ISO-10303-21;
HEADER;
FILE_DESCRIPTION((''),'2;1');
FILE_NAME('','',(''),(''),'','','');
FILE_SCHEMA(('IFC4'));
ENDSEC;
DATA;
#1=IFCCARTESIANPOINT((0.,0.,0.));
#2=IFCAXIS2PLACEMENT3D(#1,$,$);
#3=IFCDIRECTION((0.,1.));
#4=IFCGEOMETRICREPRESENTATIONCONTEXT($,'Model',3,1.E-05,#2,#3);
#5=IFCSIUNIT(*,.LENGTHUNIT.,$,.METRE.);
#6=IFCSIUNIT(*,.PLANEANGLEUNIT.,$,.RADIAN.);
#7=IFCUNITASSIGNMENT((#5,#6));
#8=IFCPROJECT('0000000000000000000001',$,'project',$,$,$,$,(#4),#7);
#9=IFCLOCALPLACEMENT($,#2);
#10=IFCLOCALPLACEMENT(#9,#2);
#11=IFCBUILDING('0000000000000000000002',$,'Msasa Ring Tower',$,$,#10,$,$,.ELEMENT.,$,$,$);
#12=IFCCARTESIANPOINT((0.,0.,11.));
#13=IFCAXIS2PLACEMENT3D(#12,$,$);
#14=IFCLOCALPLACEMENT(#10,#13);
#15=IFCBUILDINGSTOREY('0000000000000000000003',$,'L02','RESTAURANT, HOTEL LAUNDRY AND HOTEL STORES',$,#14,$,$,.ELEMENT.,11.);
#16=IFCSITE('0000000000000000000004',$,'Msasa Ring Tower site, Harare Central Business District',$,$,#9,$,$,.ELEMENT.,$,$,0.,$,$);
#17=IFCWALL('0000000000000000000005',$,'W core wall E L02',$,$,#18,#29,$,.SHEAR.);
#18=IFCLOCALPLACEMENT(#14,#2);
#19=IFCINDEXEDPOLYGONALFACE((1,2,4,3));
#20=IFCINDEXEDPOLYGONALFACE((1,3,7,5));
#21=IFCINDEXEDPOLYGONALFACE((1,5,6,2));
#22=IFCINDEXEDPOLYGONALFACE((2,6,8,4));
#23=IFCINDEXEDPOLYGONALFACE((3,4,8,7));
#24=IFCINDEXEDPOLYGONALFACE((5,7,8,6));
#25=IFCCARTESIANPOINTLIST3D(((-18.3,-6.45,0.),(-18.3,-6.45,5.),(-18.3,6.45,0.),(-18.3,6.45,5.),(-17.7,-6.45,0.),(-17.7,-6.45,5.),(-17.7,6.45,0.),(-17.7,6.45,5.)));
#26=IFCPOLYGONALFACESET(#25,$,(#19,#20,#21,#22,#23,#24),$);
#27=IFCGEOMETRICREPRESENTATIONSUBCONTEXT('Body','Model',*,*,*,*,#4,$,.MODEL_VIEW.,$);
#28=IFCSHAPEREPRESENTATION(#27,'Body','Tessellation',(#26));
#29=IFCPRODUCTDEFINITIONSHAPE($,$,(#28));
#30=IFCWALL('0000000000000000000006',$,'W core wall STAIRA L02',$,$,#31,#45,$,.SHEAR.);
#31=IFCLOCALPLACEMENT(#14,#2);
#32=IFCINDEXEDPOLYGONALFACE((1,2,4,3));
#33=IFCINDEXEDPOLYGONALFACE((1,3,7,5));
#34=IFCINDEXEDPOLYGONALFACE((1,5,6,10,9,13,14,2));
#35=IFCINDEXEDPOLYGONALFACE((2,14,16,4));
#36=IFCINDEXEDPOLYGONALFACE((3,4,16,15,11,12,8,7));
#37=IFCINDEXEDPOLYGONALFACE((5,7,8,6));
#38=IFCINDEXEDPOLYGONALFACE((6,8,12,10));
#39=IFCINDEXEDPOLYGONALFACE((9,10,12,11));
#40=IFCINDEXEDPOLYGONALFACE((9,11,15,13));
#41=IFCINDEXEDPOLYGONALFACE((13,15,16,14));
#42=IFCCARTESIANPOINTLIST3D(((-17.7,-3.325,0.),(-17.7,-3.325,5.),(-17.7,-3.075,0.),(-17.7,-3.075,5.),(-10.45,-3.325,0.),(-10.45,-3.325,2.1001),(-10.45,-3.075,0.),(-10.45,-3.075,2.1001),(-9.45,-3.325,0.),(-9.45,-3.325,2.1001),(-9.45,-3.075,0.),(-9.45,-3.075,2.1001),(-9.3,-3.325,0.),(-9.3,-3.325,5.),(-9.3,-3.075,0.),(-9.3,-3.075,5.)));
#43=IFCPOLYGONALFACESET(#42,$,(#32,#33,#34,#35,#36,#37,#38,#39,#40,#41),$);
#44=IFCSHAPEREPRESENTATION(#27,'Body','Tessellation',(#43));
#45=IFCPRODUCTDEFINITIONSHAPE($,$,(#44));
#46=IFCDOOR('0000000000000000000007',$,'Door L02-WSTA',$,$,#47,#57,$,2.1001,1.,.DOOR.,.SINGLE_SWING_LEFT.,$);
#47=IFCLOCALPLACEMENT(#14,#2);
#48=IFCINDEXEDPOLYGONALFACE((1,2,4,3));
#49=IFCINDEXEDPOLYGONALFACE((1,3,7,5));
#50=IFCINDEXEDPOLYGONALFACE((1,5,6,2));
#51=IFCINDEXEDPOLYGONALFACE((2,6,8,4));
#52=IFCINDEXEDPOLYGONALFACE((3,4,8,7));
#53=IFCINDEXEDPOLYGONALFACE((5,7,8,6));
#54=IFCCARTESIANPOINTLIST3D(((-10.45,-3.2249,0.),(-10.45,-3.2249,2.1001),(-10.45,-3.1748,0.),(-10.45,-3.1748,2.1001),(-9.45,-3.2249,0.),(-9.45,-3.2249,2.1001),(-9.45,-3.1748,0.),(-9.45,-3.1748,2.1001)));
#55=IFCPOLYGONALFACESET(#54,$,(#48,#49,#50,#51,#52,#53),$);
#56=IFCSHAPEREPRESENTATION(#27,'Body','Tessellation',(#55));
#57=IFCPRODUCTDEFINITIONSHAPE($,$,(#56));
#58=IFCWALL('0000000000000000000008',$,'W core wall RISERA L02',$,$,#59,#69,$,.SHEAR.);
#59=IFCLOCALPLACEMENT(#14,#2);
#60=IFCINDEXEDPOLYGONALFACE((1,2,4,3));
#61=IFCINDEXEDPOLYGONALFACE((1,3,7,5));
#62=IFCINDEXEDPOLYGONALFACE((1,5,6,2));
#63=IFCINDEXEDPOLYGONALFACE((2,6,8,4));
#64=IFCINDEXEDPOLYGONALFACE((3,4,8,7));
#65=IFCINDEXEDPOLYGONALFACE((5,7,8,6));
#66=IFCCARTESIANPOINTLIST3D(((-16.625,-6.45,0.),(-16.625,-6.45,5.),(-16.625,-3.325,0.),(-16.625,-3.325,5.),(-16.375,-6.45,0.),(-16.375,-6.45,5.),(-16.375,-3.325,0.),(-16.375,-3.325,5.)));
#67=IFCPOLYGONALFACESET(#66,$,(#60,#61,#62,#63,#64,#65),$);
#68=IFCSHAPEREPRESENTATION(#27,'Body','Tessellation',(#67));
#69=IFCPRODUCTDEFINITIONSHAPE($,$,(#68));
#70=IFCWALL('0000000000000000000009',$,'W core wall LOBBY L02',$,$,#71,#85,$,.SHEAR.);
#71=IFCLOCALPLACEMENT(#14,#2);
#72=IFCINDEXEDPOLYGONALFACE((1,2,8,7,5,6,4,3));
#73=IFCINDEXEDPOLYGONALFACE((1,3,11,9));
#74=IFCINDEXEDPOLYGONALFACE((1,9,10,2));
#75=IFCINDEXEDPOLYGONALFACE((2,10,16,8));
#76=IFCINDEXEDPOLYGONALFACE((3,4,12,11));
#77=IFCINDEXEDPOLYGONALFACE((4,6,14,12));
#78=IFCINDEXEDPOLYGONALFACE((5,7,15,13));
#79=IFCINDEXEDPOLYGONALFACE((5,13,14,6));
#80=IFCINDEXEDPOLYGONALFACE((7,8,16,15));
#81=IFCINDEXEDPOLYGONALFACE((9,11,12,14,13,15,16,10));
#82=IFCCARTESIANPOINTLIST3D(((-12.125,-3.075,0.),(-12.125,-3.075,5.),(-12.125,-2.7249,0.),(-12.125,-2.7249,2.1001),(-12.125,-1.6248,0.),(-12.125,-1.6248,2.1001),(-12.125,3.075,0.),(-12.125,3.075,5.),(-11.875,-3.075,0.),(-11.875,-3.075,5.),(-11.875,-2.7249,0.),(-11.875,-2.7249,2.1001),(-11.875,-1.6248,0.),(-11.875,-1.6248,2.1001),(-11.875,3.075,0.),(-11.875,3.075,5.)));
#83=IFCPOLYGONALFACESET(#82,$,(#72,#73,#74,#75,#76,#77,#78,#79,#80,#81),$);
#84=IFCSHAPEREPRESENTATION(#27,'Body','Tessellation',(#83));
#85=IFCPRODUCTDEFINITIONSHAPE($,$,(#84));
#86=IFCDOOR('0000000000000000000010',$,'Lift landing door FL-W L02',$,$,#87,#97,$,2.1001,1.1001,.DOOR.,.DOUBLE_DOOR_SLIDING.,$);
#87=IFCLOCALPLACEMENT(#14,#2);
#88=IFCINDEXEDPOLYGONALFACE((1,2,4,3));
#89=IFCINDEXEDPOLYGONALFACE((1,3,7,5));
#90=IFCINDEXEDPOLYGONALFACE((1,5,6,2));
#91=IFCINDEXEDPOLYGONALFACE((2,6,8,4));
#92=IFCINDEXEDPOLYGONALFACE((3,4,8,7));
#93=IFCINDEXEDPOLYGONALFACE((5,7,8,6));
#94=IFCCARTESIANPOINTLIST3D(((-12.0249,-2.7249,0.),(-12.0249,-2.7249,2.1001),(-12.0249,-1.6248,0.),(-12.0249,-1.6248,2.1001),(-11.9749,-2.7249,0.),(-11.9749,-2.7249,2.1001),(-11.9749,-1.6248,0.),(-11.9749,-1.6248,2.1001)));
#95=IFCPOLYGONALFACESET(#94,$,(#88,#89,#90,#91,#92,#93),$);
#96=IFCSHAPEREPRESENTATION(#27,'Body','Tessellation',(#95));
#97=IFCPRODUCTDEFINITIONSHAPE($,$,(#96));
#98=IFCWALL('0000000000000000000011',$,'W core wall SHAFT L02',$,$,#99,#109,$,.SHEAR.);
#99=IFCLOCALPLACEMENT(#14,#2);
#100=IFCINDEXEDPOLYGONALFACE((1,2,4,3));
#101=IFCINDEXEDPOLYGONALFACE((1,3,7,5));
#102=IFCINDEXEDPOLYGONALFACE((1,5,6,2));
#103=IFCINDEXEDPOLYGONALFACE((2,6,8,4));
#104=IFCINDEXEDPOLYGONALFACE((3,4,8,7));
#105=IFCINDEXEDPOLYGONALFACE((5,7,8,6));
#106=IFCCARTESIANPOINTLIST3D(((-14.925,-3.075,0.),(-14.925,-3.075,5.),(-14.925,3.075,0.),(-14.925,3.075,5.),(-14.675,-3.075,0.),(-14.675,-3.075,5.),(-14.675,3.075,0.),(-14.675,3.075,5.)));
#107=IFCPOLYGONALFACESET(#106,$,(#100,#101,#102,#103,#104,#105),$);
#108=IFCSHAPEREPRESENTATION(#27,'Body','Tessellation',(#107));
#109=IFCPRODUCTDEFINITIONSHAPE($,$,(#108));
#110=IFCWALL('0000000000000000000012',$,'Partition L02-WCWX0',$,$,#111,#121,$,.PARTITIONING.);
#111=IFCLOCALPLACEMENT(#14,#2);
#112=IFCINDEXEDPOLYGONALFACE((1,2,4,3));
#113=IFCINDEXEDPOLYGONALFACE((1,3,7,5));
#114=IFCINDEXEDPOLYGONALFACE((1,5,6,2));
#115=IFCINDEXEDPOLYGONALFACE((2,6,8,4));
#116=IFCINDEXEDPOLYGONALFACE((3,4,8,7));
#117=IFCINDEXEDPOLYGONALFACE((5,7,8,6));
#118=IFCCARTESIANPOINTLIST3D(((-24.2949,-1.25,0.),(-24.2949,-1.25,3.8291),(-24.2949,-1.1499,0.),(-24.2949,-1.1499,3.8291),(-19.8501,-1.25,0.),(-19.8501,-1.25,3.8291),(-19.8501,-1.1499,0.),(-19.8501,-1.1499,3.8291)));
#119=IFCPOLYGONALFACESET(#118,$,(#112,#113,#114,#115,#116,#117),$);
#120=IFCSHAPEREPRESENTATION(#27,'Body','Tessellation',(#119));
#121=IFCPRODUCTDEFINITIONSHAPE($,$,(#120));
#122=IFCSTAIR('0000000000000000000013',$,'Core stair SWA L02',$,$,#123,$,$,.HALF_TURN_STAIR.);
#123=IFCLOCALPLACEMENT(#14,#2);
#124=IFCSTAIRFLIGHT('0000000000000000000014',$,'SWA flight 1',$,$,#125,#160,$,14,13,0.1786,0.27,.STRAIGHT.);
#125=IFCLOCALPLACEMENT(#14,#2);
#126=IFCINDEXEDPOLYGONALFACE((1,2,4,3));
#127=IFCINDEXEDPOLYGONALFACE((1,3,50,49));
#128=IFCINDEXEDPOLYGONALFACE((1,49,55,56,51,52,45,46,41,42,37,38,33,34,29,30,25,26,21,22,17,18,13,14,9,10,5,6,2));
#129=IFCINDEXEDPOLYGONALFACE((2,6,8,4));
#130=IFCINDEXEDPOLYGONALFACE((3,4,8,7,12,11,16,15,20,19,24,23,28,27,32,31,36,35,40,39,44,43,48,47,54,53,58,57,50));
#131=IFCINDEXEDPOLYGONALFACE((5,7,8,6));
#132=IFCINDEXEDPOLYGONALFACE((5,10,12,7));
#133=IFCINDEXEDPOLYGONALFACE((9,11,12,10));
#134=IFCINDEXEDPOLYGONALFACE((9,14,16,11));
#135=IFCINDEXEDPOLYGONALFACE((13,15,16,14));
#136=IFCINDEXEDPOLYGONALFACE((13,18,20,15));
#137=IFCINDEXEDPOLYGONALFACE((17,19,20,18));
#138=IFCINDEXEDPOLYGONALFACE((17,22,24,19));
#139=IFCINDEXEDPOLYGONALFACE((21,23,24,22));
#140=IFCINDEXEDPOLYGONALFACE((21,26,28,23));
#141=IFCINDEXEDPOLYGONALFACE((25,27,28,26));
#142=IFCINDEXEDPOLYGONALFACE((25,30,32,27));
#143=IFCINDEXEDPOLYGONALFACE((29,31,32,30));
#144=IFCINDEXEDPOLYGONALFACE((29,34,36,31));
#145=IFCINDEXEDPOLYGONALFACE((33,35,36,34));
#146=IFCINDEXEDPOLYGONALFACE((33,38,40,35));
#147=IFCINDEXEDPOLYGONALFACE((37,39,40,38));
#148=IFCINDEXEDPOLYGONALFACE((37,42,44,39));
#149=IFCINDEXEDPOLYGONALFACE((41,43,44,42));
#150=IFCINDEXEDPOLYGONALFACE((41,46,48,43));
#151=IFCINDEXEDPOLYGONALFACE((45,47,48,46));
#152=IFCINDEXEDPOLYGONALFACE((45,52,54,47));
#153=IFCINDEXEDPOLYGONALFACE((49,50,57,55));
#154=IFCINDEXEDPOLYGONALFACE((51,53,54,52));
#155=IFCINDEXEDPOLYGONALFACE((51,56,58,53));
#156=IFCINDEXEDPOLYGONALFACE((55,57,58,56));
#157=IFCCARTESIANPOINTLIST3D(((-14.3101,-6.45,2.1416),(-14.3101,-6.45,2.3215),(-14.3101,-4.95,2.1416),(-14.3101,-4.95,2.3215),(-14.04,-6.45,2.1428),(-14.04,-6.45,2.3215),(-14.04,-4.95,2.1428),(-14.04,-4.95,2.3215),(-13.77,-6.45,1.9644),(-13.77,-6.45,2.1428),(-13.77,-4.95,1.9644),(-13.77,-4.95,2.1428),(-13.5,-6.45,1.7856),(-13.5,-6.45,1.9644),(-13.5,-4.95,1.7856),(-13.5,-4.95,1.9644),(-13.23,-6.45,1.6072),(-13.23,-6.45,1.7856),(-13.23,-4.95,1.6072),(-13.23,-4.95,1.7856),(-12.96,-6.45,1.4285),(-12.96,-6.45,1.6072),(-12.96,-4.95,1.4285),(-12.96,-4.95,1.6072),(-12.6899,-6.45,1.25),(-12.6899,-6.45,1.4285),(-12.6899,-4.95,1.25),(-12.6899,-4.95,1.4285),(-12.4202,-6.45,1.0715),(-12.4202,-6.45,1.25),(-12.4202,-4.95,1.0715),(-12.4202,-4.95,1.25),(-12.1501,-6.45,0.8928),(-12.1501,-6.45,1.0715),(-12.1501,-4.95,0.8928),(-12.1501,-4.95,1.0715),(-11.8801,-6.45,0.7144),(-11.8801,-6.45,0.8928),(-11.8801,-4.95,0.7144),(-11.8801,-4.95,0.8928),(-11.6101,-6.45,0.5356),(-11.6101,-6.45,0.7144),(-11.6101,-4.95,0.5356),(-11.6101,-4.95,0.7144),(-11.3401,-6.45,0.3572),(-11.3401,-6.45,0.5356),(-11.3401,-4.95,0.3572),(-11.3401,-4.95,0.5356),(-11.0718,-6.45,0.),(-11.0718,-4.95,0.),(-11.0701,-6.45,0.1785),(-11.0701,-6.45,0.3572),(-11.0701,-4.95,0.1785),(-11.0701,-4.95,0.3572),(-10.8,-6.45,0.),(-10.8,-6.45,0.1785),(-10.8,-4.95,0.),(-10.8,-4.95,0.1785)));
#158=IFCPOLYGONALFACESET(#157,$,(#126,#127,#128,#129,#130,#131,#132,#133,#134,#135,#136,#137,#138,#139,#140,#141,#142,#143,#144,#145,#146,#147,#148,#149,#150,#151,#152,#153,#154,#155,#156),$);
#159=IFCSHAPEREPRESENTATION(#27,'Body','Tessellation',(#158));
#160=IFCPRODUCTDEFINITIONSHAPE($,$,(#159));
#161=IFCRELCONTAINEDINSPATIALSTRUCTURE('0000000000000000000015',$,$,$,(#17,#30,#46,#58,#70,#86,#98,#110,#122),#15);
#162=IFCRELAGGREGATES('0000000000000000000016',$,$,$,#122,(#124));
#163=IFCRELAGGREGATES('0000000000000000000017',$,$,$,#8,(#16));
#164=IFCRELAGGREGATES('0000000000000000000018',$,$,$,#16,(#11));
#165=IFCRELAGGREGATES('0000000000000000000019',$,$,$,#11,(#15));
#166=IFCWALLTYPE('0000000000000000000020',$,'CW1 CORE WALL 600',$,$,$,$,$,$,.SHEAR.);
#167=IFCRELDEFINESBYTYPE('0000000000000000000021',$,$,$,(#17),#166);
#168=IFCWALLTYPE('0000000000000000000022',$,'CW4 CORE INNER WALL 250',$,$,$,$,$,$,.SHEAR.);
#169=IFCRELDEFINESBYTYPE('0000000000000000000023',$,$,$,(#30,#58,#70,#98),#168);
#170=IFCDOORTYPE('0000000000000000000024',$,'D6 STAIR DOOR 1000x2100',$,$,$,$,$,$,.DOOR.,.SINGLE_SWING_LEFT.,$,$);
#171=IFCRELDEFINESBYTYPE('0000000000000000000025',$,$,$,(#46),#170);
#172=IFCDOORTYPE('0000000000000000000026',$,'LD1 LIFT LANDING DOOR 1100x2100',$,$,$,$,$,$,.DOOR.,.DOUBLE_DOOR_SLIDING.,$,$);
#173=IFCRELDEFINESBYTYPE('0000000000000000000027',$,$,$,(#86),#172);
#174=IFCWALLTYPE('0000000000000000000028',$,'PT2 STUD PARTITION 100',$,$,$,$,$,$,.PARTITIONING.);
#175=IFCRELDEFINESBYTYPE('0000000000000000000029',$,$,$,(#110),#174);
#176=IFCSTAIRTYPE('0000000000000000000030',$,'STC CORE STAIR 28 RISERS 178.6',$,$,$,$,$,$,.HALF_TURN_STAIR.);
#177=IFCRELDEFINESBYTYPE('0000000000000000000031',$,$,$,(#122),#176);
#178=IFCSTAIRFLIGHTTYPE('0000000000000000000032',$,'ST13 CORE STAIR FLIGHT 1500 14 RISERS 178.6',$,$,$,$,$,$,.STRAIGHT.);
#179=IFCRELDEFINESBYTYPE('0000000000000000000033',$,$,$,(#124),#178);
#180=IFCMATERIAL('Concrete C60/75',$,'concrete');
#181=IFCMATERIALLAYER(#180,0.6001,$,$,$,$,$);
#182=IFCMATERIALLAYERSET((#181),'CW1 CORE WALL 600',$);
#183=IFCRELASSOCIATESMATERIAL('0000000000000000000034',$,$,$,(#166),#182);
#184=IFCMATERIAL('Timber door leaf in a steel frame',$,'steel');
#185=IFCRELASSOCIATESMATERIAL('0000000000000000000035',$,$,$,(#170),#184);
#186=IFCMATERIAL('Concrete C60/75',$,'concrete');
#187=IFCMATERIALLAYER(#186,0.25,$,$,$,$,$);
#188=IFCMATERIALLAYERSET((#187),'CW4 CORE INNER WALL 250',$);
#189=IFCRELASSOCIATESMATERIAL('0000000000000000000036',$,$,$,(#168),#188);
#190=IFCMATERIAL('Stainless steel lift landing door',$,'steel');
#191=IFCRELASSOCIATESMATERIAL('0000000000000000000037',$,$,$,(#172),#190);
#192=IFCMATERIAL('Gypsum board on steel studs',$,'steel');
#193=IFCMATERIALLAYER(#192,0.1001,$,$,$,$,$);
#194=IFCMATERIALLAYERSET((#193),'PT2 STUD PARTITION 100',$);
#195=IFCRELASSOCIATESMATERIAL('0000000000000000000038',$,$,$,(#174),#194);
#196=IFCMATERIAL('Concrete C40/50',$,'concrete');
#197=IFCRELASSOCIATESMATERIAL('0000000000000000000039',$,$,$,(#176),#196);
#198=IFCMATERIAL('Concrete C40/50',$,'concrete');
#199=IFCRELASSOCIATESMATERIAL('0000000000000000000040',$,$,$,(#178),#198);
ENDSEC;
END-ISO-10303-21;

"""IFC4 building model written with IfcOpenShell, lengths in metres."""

from ifc_helpers import new_model, si_unit, direction, frame, frame_2d, origin, place, context, subcontext, project, spatial, polyline, rectangle, outline, extrude, material, layer, layer_set, type_object, element, fill, aggregate, save


model = new_model("IFC4")

# Units and contexts
model_context = context("Model", 3, precision=1e-05, world=origin(), true_north=direction((0.0, 1.0)))
body_context = subcontext(model_context, "Body", "Model", "MODEL_VIEW")
ifc_project = project(units=[si_unit("LENGTHUNIT", "METRE"), si_unit("PLANEANGLEUNIT", "RADIAN")], contexts=[model_context])

# Site, building, storey
site_placement = place(None, origin())
site = spatial("IfcSite", under=ifc_project, at=site_placement, Name="Msasa Ring Tower site, Harare Central Business District", CompositionType="ELEMENT", RefElevation=0.0)
building_placement = place(site_placement, origin())
building = spatial("IfcBuilding", under=site, at=building_placement, Name="Msasa Ring Tower", CompositionType="ELEMENT")
storey_placement = place(building_placement, frame((0.0, 0.0, 11.0)))
storey = spatial("IfcBuildingStorey", under=building, at=storey_placement, Name="L02", Description="RESTAURANT, HOTEL LAUNDRY AND HOTEL STORES", CompositionType="ELEMENT", Elevation=11.0)

# Shared definitions
ifc_material_1 = material(Name="Concrete C60/75", Category="concrete")
ifc_layer_1 = layer(ifc_material_1, 0.6001)
ifc_layer_set_1 = layer_set([ifc_layer_1], Name="CW1 CORE WALL 600")
wall_type_1 = type_object("IfcWallType", Name="CW1 CORE WALL 600", PredefinedType="SHEAR", material=ifc_layer_set_1)
ifc_material_2 = material(Name="Timber door leaf in a steel frame", Category="steel")
door_type_1 = type_object("IfcDoorType", Name="D6 STAIR DOOR 1000x2100", OperationType="SINGLE_SWING_LEFT", PredefinedType="DOOR", material=ifc_material_2)

# Wall
wall_1_placement = place(storey_placement, frame((-18.0, -6.45, 0.0), z_axis=(0.0, 0.0, 1.0), x_axis=(0.0, 1.0, 0.0)))
element("IfcWall", 1, at=wall_1_placement, inside=storey, type_object=wall_type_1, Name="W core wall E L02", PredefinedType="SHEAR", context=body_context, shape_type="SweptSolid", body=[
    extrude(rectangle(XDim=12.8999, YDim=0.6001, at=frame_2d((6.45, 0.0))), origin(), (0.0, 0.0, 1.0), 5.0),
])

# Wall, opening, door
ifc_material_3 = material(Name="Concrete C60/75", Category="concrete")
ifc_layer_2 = layer(ifc_material_3, 0.25)
ifc_layer_set_2 = layer_set([ifc_layer_2], Name="CW4 CORE INNER WALL 250")
wall_type_2 = type_object("IfcWallType", Name="CW4 CORE INNER WALL 250", PredefinedType="SHEAR", material=ifc_layer_set_2)
wall_2_placement = place(storey_placement, frame((-9.3, -3.2, 0.0), z_axis=(0.0, 0.0, 1.0), x_axis=(-1.0, 0.0, 0.0)))
wall_2 = element("IfcWall", 2, at=wall_2_placement, inside=storey, type_object=wall_type_2, Name="W core wall STAIRA L02", PredefinedType="SHEAR", context=body_context, shape_type="SweptSolid", body=[
    extrude(rectangle(XDim=8.3999, YDim=0.25, at=frame_2d((4.2, 0.0))), origin(), (0.0, 0.0, 1.0), 5.0),
])
opening_1_placement = place(wall_2_placement, frame((0.1499, 0.0, 0.0)))
opening_1 = element("IfcOpeningElement", 3, at=opening_1_placement, cuts=wall_2, PredefinedType="OPENING", context=body_context, shape_type="SweptSolid", body=[
    extrude(rectangle(XDim=1.0, YDim=2.1001, at=frame_2d((0.5, 1.05))), frame((0.0, 0.135, 0.0), z_axis=(0.0, -1.0, 0.0), x_axis=(1.0, 0.0, 0.0)), (0.0, 0.0, 1.0), 0.27),
])
door_1_placement = place(opening_1_placement, origin())
door_1 = element("IfcDoor", 4, at=door_1_placement, inside=storey, type_object=door_type_1, Name="Door L02-WSTA", OperationType="SINGLE_SWING_LEFT", OverallHeight=2.1001, OverallWidth=1.0, PredefinedType="DOOR", context=body_context, shape_type="SweptSolid", body=[
    extrude(rectangle(XDim=1.0, YDim=2.1001, at=frame_2d((0.5, 1.05))), frame((0.0, 0.0249, 0.0), z_axis=(0.0, -1.0, 0.0), x_axis=(1.0, 0.0, 0.0)), (0.0, 0.0, 1.0), 0.05),
])
fill(opening_1, door_1)

# Wall
wall_3_placement = place(storey_placement, frame((-16.5, -6.45, 0.0), z_axis=(0.0, 0.0, 1.0), x_axis=(0.0, 1.0, 0.0)))
element("IfcWall", 5, at=wall_3_placement, inside=storey, type_object=wall_type_2, Name="W core wall RISERA L02", PredefinedType="SHEAR", context=body_context, shape_type="SweptSolid", body=[
    extrude(rectangle(XDim=3.125, YDim=0.25, at=frame_2d((1.5625, 0.0))), origin(), (0.0, 0.0, 1.0), 5.0),
])

# Wall, opening, door
wall_4_placement = place(storey_placement, frame((-12.0, -3.075, 0.0), z_axis=(0.0, 0.0, 1.0), x_axis=(0.0, 1.0, 0.0)))
wall_4 = element("IfcWall", 6, at=wall_4_placement, inside=storey, type_object=wall_type_2, Name="W core wall LOBBY L02", PredefinedType="SHEAR", context=body_context, shape_type="SweptSolid", body=[
    extrude(rectangle(XDim=6.1499, YDim=0.25, at=frame_2d((3.075, 0.0))), origin(), (0.0, 0.0, 1.0), 5.0),
])
opening_2_placement = place(wall_4_placement, frame((0.3501, 0.0, 0.0)))
opening_2 = element("IfcOpeningElement", 7, at=opening_2_placement, cuts=wall_4, PredefinedType="OPENING", context=body_context, shape_type="SweptSolid", body=[
    extrude(rectangle(XDim=1.1001, YDim=2.1001, at=frame_2d((0.55, 1.05))), frame((0.0, 0.135, 0.0), z_axis=(0.0, -1.0, 0.0), x_axis=(1.0, 0.0, 0.0)), (0.0, 0.0, 1.0), 0.27),
])
ifc_material_4 = material(Name="Stainless steel lift landing door", Category="steel")
door_type_2 = type_object("IfcDoorType", Name="LD1 LIFT LANDING DOOR 1100x2100", OperationType="DOUBLE_DOOR_SLIDING", PredefinedType="DOOR", material=ifc_material_4)
door_2_placement = place(opening_2_placement, origin())
door_2 = element("IfcDoor", 8, at=door_2_placement, inside=storey, type_object=door_type_2, Name="Lift landing door FL-W L02", OperationType="DOUBLE_DOOR_SLIDING", OverallHeight=2.1001, OverallWidth=1.1001, PredefinedType="DOOR", context=body_context, shape_type="SweptSolid", body=[
    extrude(rectangle(XDim=1.1001, YDim=2.1001, at=frame_2d((0.55, 1.05))), frame((0.0, 0.0249, 0.0), z_axis=(0.0, -1.0, 0.0), x_axis=(1.0, 0.0, 0.0)), (0.0, 0.0, 1.0), 0.05),
])
fill(opening_2, door_2)

# Walls
wall_5_placement = place(storey_placement, frame((-14.8, -3.075, 0.0), z_axis=(0.0, 0.0, 1.0), x_axis=(0.0, 1.0, 0.0)))
element("IfcWall", 9, at=wall_5_placement, inside=storey, type_object=wall_type_2, Name="W core wall SHAFT L02", PredefinedType="SHEAR", context=body_context, shape_type="SweptSolid", body=[
    extrude(rectangle(XDim=6.1499, YDim=0.25, at=frame_2d((3.075, 0.0))), origin(), (0.0, 0.0, 1.0), 5.0),
])
ifc_material_5 = material(Name="Gypsum board on steel studs", Category="steel")
ifc_layer_3 = layer(ifc_material_5, 0.1001)
ifc_layer_set_3 = layer_set([ifc_layer_3], Name="PT2 STUD PARTITION 100")
wall_type_3 = type_object("IfcWallType", Name="PT2 STUD PARTITION 100", PredefinedType="PARTITIONING", material=ifc_layer_set_3)
wall_6_placement = place(storey_placement, frame((-24.2949, -1.2, 0.0), z_axis=(0.0, 0.0, 1.0), x_axis=(1.0, 0.0, 0.0)))
element("IfcWall", 10, at=wall_6_placement, inside=storey, type_object=wall_type_3, Name="Partition L02-WCWX0", PredefinedType="PARTITIONING", context=body_context, shape_type="SweptSolid", body=[
    extrude(rectangle(XDim=4.4448, YDim=0.1001, at=frame_2d((2.2224, 0.0))), origin(), (0.0, 0.0, 1.0), 3.8291),
])

# Stair, stair flight
ifc_material_6 = material(Name="Concrete C40/50", Category="concrete")
stair_type = type_object("IfcStairType", Name="STC CORE STAIR 28 RISERS 178.6", PredefinedType="HALF_TURN_STAIR", material=ifc_material_6)
stair_placement = place(storey_placement, origin())
stair = element("IfcStair", 11, at=stair_placement, inside=storey, type_object=stair_type, Name="Core stair SWA L02", PredefinedType="HALF_TURN_STAIR")
ifc_material_7 = material(Name="Concrete C40/50", Category="concrete")
stair_flight_type = type_object("IfcStairFlightType", Name="ST13 CORE STAIR FLIGHT 1500 14 RISERS 178.6", PredefinedType="STRAIGHT", material=ifc_material_7)
stair_flight_1_placement = place(storey_placement, frame((-10.8, -5.7, 0.0), z_axis=(0.0, 0.0, 1.0), x_axis=(-1.0, 0.0, 0.0)))
stair_flight_1 = element("IfcStairFlight", 12, at=stair_flight_1_placement, type_object=stair_flight_type, Name="SWA flight 1", NumberOfRisers=14, NumberOfTreads=13, PredefinedType="STRAIGHT", RiserHeight=0.1786, TreadLength=0.27, context=body_context, shape_type="SweptSolid", body=[
    extrude(outline(polyline([(0.0, 0.0), (0.0, 0.1785), (0.27, 0.1785), (0.27, 0.3572), (0.54, 0.3572), (0.54, 0.5356), (0.8101, 0.5356), (0.8101, 0.7144), (1.0801, 0.7144), (1.0801, 0.8928), (1.3501, 0.8928), (1.3501, 1.0715), (1.6201, 1.0715), (1.6201, 1.25), (1.8899, 1.25), (1.8899, 1.4285), (2.1599, 1.4285), (2.1599, 1.6072), (2.4299, 1.6072), (2.4299, 1.7856), (2.7, 1.7856), (2.7, 1.9644), (2.97, 1.9644), (2.97, 2.1428), (3.24, 2.1428), (3.24, 2.3215), (3.51, 2.3215), (3.51, 2.5), (3.51, 2.1416), (0.2717, 0.0), (0.0, 0.0)])), frame((0.0, 0.75, 0.0), z_axis=(0.0, -1.0, 0.0), x_axis=(1.0, 0.0, 0.0)), (0.0, 0.0, 1.0), 1.5),
])
aggregate(stair, [stair_flight_1])

save(model, "model.ifc")
